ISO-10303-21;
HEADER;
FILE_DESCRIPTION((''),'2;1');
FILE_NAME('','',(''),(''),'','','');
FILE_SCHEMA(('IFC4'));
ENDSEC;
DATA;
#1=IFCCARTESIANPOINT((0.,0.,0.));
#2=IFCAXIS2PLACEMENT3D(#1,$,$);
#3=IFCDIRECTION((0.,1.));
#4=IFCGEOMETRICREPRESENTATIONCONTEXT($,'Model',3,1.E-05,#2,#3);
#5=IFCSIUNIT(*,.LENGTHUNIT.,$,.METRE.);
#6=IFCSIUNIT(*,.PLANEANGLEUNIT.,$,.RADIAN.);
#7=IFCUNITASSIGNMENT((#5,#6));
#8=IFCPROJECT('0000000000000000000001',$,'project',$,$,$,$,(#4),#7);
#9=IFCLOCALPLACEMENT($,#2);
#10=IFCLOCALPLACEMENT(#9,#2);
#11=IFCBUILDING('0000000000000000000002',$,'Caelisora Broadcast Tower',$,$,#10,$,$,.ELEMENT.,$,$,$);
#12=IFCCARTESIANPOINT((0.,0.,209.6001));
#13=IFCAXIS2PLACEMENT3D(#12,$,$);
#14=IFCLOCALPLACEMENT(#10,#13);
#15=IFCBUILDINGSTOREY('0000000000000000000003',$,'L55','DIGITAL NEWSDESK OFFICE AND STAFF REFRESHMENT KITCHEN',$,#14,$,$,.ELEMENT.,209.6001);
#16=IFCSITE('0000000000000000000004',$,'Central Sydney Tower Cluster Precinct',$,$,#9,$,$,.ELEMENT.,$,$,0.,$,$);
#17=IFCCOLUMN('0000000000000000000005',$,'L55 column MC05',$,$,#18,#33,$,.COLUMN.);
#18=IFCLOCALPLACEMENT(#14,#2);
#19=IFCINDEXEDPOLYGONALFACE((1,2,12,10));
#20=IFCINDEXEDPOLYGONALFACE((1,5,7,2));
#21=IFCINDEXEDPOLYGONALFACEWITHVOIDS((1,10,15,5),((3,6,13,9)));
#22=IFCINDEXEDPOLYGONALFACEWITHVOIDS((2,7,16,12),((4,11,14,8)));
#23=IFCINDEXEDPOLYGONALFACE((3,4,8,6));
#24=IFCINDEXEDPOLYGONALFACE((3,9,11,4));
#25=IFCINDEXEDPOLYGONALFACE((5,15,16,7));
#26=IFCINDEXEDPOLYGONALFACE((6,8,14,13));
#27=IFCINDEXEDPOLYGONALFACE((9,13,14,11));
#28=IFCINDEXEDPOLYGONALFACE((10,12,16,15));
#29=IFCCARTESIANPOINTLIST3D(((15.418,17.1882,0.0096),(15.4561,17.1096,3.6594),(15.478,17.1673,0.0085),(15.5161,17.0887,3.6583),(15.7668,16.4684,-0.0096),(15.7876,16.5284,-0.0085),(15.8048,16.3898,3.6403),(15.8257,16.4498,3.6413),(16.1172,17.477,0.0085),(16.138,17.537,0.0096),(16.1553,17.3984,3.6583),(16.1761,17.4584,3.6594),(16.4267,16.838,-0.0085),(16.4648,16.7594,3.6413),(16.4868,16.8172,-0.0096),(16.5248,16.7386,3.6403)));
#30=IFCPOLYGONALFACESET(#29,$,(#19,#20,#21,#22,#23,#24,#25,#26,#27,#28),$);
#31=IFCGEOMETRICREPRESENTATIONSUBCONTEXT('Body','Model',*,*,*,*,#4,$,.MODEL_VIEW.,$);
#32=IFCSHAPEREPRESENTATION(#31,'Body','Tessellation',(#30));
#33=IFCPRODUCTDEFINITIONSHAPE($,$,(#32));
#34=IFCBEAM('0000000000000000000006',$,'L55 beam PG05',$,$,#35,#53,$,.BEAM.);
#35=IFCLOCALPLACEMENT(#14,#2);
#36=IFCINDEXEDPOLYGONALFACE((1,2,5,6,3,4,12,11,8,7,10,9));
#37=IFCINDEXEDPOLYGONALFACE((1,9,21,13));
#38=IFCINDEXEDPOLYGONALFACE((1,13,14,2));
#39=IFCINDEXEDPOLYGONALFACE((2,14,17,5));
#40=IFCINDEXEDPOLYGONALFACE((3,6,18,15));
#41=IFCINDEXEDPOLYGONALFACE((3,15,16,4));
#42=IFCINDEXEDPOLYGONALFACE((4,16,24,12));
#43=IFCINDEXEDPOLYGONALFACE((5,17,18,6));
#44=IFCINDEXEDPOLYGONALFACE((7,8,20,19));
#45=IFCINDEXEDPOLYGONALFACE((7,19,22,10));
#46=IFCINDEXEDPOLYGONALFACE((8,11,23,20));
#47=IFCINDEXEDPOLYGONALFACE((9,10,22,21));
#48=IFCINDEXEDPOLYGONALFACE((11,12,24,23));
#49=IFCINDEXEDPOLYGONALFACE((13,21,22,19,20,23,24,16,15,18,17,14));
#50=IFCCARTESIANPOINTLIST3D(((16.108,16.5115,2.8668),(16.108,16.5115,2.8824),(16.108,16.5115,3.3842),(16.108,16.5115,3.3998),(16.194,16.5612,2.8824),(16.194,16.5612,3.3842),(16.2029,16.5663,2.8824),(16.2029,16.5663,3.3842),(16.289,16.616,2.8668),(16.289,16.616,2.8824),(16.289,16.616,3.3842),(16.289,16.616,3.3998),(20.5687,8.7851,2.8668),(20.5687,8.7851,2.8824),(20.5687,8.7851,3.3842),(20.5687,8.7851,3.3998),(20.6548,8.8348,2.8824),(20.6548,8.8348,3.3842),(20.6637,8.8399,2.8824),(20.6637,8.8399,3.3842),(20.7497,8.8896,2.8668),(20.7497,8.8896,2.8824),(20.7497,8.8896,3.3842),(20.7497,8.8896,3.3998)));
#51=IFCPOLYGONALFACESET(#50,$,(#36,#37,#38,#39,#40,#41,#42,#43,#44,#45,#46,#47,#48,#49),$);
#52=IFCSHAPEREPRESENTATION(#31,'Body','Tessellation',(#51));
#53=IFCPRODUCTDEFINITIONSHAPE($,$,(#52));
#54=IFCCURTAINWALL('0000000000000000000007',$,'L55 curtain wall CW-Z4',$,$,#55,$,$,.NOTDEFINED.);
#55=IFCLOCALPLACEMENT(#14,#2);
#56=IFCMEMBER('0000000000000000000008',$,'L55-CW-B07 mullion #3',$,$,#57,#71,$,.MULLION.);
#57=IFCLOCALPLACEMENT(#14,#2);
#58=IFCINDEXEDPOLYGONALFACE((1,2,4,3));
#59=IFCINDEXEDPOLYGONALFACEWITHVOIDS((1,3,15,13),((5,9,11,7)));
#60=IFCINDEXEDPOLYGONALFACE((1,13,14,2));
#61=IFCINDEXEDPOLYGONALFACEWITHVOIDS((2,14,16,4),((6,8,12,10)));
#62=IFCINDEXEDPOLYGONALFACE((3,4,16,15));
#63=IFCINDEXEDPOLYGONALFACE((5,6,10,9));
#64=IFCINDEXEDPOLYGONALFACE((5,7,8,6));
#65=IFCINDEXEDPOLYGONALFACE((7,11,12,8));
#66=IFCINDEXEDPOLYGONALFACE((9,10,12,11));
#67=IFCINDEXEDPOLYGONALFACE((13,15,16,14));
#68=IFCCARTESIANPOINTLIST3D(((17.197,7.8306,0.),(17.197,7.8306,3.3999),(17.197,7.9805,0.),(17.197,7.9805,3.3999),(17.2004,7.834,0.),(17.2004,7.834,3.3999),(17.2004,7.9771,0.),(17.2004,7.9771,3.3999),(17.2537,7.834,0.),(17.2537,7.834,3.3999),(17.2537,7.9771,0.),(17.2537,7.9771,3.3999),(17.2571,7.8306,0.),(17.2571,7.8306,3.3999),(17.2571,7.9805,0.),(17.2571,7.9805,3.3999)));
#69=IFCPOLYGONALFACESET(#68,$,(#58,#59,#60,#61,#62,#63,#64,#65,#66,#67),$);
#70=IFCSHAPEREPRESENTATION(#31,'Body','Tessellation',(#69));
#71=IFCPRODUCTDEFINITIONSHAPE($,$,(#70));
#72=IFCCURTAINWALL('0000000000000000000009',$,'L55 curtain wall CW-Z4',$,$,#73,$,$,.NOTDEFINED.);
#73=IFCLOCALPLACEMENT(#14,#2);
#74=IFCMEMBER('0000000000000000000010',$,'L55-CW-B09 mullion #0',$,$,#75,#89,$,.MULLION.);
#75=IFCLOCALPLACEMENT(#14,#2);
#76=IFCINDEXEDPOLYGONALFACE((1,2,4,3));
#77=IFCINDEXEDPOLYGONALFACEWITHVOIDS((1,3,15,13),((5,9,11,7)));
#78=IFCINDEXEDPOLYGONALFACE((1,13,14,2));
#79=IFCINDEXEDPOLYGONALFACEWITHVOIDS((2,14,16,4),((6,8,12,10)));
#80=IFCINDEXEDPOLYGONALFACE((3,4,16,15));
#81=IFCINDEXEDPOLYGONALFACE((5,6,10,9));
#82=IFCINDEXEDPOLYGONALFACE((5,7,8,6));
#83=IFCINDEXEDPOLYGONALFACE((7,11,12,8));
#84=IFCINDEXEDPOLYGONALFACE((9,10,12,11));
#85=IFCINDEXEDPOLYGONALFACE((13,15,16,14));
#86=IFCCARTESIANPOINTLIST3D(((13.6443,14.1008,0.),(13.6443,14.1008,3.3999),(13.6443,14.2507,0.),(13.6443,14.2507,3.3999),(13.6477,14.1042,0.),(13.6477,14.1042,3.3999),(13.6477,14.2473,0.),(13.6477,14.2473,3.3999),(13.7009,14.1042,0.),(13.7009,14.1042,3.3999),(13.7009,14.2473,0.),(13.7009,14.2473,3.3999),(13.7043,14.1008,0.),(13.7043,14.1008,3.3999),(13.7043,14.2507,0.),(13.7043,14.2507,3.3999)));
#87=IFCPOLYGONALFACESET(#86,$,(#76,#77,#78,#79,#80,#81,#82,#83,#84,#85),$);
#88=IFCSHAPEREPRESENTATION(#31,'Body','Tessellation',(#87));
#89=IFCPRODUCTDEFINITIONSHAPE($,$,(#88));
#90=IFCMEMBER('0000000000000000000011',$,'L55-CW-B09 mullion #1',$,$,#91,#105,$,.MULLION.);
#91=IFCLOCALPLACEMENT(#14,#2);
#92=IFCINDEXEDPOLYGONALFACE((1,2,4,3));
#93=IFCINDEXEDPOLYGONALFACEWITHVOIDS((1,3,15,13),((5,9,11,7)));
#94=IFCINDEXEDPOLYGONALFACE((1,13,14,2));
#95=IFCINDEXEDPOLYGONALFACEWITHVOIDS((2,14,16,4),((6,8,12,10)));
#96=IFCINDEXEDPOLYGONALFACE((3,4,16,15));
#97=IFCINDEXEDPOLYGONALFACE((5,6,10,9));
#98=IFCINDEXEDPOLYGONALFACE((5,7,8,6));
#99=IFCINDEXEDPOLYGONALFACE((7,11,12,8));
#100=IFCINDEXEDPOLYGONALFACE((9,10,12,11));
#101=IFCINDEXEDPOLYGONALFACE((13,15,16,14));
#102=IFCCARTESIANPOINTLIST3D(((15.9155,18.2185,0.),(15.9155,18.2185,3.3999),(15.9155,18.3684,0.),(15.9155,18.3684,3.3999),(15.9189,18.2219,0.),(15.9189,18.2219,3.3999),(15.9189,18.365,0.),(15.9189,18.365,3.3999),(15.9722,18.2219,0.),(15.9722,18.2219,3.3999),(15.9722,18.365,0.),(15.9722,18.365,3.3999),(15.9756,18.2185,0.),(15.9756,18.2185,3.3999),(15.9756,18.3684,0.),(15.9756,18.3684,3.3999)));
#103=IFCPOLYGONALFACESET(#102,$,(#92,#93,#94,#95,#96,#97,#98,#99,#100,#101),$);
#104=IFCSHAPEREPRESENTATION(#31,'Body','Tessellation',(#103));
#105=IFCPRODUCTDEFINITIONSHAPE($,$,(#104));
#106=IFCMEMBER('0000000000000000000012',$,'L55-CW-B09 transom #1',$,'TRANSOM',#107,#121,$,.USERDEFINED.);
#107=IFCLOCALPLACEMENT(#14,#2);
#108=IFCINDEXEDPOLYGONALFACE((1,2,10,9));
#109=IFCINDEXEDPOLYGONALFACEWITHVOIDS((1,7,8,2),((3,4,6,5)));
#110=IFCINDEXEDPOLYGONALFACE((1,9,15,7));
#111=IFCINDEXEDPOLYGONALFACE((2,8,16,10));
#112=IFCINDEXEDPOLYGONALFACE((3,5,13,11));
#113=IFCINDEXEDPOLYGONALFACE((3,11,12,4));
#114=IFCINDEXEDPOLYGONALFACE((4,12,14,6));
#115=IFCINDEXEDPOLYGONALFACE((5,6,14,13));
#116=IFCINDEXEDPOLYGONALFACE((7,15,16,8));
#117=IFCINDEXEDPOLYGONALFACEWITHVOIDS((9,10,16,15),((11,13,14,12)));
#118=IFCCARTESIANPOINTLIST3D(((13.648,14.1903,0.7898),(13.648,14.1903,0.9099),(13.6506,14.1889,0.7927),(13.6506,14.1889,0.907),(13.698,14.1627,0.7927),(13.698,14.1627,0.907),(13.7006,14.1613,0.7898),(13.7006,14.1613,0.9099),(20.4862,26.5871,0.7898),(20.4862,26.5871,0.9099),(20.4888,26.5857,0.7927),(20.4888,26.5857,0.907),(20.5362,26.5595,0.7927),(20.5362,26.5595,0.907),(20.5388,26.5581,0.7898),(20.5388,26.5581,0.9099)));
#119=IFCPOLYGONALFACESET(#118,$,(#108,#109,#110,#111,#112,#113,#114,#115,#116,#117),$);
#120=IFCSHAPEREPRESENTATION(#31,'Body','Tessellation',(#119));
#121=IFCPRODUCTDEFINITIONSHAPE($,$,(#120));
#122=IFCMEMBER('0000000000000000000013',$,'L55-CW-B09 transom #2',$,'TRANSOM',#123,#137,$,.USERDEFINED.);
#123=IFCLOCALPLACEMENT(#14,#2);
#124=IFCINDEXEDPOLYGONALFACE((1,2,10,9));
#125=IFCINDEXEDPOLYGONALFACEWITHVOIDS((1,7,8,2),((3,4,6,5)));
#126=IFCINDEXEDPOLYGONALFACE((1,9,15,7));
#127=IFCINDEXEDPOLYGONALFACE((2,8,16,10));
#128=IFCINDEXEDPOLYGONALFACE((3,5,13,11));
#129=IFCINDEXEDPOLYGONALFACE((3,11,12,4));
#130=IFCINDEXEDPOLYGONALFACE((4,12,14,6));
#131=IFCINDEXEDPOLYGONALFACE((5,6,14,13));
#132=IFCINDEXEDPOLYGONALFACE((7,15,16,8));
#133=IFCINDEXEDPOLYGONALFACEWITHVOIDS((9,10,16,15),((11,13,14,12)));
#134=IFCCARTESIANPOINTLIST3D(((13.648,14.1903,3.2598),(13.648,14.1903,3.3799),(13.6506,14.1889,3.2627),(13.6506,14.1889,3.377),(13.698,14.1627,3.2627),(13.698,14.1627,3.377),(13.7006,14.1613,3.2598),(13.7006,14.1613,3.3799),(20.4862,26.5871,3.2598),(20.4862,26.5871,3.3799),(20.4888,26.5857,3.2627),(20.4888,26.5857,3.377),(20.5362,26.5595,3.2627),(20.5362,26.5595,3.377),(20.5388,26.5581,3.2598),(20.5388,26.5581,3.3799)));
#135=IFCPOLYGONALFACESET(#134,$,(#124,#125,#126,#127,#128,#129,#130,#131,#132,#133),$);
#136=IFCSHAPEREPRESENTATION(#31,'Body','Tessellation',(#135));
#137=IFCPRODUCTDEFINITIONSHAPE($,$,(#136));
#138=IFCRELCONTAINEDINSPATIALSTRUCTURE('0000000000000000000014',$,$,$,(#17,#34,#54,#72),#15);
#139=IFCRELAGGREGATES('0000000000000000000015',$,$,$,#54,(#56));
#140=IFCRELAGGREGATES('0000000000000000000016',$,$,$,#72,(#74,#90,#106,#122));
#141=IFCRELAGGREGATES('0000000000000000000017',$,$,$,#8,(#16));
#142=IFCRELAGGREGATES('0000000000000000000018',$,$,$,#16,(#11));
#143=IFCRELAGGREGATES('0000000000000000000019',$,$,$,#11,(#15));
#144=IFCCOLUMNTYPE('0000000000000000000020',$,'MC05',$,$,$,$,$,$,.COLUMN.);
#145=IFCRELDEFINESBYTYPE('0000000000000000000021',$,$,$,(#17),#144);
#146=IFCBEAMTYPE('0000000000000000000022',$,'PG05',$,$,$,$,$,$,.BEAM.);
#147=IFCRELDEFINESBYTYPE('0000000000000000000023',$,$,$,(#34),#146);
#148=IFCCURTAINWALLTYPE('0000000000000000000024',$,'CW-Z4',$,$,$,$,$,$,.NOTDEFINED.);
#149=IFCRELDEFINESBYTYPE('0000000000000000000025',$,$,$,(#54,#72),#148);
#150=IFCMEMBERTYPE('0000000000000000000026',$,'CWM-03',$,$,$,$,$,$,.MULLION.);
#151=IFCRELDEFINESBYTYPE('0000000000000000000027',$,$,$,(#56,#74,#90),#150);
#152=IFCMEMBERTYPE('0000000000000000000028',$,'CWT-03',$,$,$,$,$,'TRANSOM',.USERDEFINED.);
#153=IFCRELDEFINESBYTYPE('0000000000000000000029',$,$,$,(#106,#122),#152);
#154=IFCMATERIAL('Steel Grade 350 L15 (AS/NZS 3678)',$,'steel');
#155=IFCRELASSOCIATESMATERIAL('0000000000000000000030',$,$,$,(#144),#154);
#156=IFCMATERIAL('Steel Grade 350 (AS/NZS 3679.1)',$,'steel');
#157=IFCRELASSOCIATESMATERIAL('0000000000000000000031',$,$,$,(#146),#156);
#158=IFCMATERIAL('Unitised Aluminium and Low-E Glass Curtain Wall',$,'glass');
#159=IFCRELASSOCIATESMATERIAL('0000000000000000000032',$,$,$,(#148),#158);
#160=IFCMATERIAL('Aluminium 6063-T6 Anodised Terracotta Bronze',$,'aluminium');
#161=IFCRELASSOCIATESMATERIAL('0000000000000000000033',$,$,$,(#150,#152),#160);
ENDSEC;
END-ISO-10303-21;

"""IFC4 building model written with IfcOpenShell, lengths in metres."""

from ifc_helpers import new_model, si_unit, direction, frame, origin, origin_2d, place, context, subcontext, project, spatial, hollow_rectangle, i_section, extrude, source, transform, mapped, material, material_profile, profile_set, type_object, type_shapes, element, aggregate, save


model = new_model("IFC4")

# Units and contexts
model_context = context("Model", 3, precision=1e-05, world=origin(), true_north=direction((0.0, 1.0)))
body_context = subcontext(model_context, "Body", "Model", "MODEL_VIEW")
ifc_project = project(units=[si_unit("LENGTHUNIT", "METRE"), si_unit("PLANEANGLEUNIT", "RADIAN")], contexts=[model_context])

# Site, building, storey
site_placement = place(None, origin())
site = spatial("IfcSite", under=ifc_project, at=site_placement, Name="Central Sydney Tower Cluster Precinct", CompositionType="ELEMENT", RefElevation=0.0)
building_placement = place(site_placement, origin())
building = spatial("IfcBuilding", under=site, at=building_placement, Name="Caelisora Broadcast Tower", CompositionType="ELEMENT")
storey_placement = place(building_placement, frame((0.0, 0.0, 209.6001)))
storey = spatial("IfcBuildingStorey", under=building, at=storey_placement, Name="L55", Description="DIGITAL NEWSDESK OFFICE AND STAFF REFRESHMENT KITCHEN", CompositionType="ELEMENT", Elevation=209.6001)

# Column
ifc_material_1 = material(Name="Steel Grade 350 L15 (AS/NZS 3678)", Category="steel")
ifc_material_profile_1 = material_profile(ifc_material_1, hollow_rectangle(XDim=0.8, YDim=0.8, WallThickness=0.0449, at=origin_2d()), Name="Steel Grade 350 L15 (AS/NZS 3678)")
ifc_profile_set_1 = profile_set([ifc_material_profile_1], Name="Steel Grade 350 L15 (AS/NZS 3678)")
column_type = type_object("IfcColumnType", Name="MC05", PredefinedType="COLUMN", material=ifc_profile_set_1)
shared_shape_1 = source(origin(), body_context, "Body", "SweptSolid", [
    extrude(hollow_rectangle(XDim=0.8, YDim=0.8, WallThickness=0.0449, at=origin_2d()), origin(), (0.0, 0.0, 1.0), 3.6509),
])
type_shapes(column_type, [shared_shape_1])
column_placement = place(storey_placement, frame((15.9524, 17.0027, 0.0), z_axis=(0.010432, -0.021532, 0.999714), x_axis=(0.899947, 0.435999, 0.0)))
element("IfcColumn", 1, at=column_placement, inside=storey, type_object=column_type, Name="L55 column MC05", PredefinedType="COLUMN", context=body_context, shape_type="MappedRepresentation", body=[
    mapped(shared_shape_1, transform((0.0, 0.0, 0.0), scale=1.0)),
])

# Beam
ifc_material_2 = material(Name="Steel Grade 350 (AS/NZS 3679.1)", Category="steel")
ifc_material_profile_2 = material_profile(ifc_material_2, i_section(OverallWidth=0.209, OverallDepth=0.533, WebThickness=0.0103, FlangeThickness=0.0156, at=origin_2d()), Name="Steel Grade 350 (AS/NZS 3679.1)")
ifc_profile_set_2 = profile_set([ifc_material_profile_2], Name="Steel Grade 350 (AS/NZS 3679.1)")
beam_type = type_object("IfcBeamType", Name="PG05", PredefinedType="BEAM", material=ifc_profile_set_2)
shared_shape_2 = source(origin(), body_context, "Body", "SweptSolid", [
    extrude(i_section(OverallWidth=0.209, OverallDepth=0.533, WebThickness=0.0103, FlangeThickness=0.0156, at=origin_2d()), origin(), (0.0, 0.0, 1.0), 8.9216),
])
type_shapes(beam_type, [shared_shape_2])
beam_placement = place(storey_placement, frame((16.1985, 16.5637, 3.1333), z_axis=(0.499992, -0.86603, 0.0), x_axis=(0.86603, 0.499992, 0.0)))
element("IfcBeam", 2, at=beam_placement, inside=storey, type_object=beam_type, Name="L55 beam PG05", PredefinedType="BEAM", context=body_context, shape_type="MappedRepresentation", body=[
    mapped(shared_shape_2, transform((0.0, 0.0, 0.0), scale=1.0)),
])

# Curtain wall, member
ifc_material_3 = material(Name="Unitised Aluminium and Low-E Glass Curtain Wall", Category="glass")
curtain_wall_type = type_object("IfcCurtainWallType", Name="CW-Z4", PredefinedType="NOTDEFINED", material=ifc_material_3)
curtain_wall_1_placement = place(storey_placement, origin())
curtain_wall_1 = element("IfcCurtainWall", 3, at=curtain_wall_1_placement, inside=storey, type_object=curtain_wall_type, Name="L55 curtain wall CW-Z4", PredefinedType="NOTDEFINED")
ifc_material_4 = material(Name="Aluminium 6063-T6 Anodised Terracotta Bronze", Category="aluminium")
ifc_material_profile_3 = material_profile(ifc_material_4, hollow_rectangle(XDim=0.0601, YDim=0.1499, WallThickness=0.0034, at=origin_2d()), Name="Aluminium 6063-T6 Anodised Terracotta Bronze")
ifc_profile_set_3 = profile_set([ifc_material_profile_3], Name="Aluminium 6063-T6 Anodised Terracotta Bronze")
member_type_1 = type_object("IfcMemberType", Name="CWM-03", PredefinedType="MULLION", material=ifc_profile_set_3)
shared_shape_3 = source(origin(), body_context, "Body", "SweptSolid", [
    extrude(hollow_rectangle(XDim=0.0601, YDim=0.1499, WallThickness=0.0034, at=origin_2d()), origin(), (0.0, 0.0, 1.0), 3.3999),
])
type_shapes(member_type_1, [shared_shape_3])
member_1_placement = place(storey_placement, frame((17.2271, 7.9055, 0.0), z_axis=(0.0, 0.0, 1.0), x_axis=(1.0, 0.0, 0.0)))
member_1 = element("IfcMember", 4, at=member_1_placement, type_object=member_type_1, Name="L55-CW-B07 mullion #3", PredefinedType="MULLION", context=body_context, shape_type="MappedRepresentation", body=[
    mapped(shared_shape_3, transform((0.0, 0.0, 0.0), scale=1.0)),
])
aggregate(curtain_wall_1, [member_1])

# Curtain wall, members
curtain_wall_2_placement = place(storey_placement, origin())
curtain_wall_2 = element("IfcCurtainWall", 5, at=curtain_wall_2_placement, inside=storey, type_object=curtain_wall_type, Name="L55 curtain wall CW-Z4", PredefinedType="NOTDEFINED")
member_2_placement = place(storey_placement, frame((13.6743, 14.1758, 0.0), z_axis=(0.0, 0.0, 1.0), x_axis=(1.0, 0.0, 0.0)))
member_2 = element("IfcMember", 6, at=member_2_placement, type_object=member_type_1, Name="L55-CW-B09 mullion #0", PredefinedType="MULLION", context=body_context, shape_type="MappedRepresentation", body=[
    mapped(shared_shape_3, transform((0.0, 0.0, 0.0), scale=1.0)),
])
member_3_placement = place(storey_placement, frame((15.9456, 18.2935, 0.0), z_axis=(0.0, 0.0, 1.0), x_axis=(1.0, 0.0, 0.0)))
member_3 = element("IfcMember", 7, at=member_3_placement, type_object=member_type_1, Name="L55-CW-B09 mullion #1", PredefinedType="MULLION", context=body_context, shape_type="MappedRepresentation", body=[
    mapped(shared_shape_3, transform((0.0, 0.0, 0.0), scale=1.0)),
])
ifc_material_profile_4 = material_profile(ifc_material_4, hollow_rectangle(XDim=0.0601, YDim=0.1201, WallThickness=0.0029, at=origin_2d()), Name="Aluminium 6063-T6 Anodised Terracotta Bronze")
ifc_profile_set_4 = profile_set([ifc_material_profile_4], Name="Aluminium 6063-T6 Anodised Terracotta Bronze")
member_type_2 = type_object("IfcMemberType", Name="CWT-03", ElementType="TRANSOM", PredefinedType="USERDEFINED", material=ifc_profile_set_4)
shared_shape_4 = source(origin(), body_context, "Body", "SweptSolid", [
    extrude(hollow_rectangle(XDim=0.0601, YDim=0.1201, WallThickness=0.0029, at=origin_2d()), origin(), (0.0, 0.0, 1.0), 14.1577),
])
type_shapes(member_type_2, [shared_shape_4])
member_4_placement = place(storey_placement, frame((13.6743, 14.1758, 0.8499), z_axis=(0.482999, 0.875621, 0.0), x_axis=(-0.875621, 0.482999, 0.0)))
member_4 = element("IfcMember", 8, at=member_4_placement, type_object=member_type_2, Name="L55-CW-B09 transom #1", ObjectType="TRANSOM", PredefinedType="USERDEFINED", context=body_context, shape_type="MappedRepresentation", body=[
    mapped(shared_shape_4, transform((0.0, 0.0, 0.0), scale=1.0)),
])
member_5_placement = place(storey_placement, frame((13.6743, 14.1758, 3.3198), z_axis=(0.482999, 0.875621, 0.0), x_axis=(-0.875621, 0.482999, 0.0)))
member_5 = element("IfcMember", 9, at=member_5_placement, type_object=member_type_2, Name="L55-CW-B09 transom #2", ObjectType="TRANSOM", PredefinedType="USERDEFINED", context=body_context, shape_type="MappedRepresentation", body=[
    mapped(shared_shape_4, transform((0.0, 0.0, 0.0), scale=1.0)),
])

aggregate(curtain_wall_2, [member_2, member_3, member_4, member_5])

save(model, "model.ifc")
